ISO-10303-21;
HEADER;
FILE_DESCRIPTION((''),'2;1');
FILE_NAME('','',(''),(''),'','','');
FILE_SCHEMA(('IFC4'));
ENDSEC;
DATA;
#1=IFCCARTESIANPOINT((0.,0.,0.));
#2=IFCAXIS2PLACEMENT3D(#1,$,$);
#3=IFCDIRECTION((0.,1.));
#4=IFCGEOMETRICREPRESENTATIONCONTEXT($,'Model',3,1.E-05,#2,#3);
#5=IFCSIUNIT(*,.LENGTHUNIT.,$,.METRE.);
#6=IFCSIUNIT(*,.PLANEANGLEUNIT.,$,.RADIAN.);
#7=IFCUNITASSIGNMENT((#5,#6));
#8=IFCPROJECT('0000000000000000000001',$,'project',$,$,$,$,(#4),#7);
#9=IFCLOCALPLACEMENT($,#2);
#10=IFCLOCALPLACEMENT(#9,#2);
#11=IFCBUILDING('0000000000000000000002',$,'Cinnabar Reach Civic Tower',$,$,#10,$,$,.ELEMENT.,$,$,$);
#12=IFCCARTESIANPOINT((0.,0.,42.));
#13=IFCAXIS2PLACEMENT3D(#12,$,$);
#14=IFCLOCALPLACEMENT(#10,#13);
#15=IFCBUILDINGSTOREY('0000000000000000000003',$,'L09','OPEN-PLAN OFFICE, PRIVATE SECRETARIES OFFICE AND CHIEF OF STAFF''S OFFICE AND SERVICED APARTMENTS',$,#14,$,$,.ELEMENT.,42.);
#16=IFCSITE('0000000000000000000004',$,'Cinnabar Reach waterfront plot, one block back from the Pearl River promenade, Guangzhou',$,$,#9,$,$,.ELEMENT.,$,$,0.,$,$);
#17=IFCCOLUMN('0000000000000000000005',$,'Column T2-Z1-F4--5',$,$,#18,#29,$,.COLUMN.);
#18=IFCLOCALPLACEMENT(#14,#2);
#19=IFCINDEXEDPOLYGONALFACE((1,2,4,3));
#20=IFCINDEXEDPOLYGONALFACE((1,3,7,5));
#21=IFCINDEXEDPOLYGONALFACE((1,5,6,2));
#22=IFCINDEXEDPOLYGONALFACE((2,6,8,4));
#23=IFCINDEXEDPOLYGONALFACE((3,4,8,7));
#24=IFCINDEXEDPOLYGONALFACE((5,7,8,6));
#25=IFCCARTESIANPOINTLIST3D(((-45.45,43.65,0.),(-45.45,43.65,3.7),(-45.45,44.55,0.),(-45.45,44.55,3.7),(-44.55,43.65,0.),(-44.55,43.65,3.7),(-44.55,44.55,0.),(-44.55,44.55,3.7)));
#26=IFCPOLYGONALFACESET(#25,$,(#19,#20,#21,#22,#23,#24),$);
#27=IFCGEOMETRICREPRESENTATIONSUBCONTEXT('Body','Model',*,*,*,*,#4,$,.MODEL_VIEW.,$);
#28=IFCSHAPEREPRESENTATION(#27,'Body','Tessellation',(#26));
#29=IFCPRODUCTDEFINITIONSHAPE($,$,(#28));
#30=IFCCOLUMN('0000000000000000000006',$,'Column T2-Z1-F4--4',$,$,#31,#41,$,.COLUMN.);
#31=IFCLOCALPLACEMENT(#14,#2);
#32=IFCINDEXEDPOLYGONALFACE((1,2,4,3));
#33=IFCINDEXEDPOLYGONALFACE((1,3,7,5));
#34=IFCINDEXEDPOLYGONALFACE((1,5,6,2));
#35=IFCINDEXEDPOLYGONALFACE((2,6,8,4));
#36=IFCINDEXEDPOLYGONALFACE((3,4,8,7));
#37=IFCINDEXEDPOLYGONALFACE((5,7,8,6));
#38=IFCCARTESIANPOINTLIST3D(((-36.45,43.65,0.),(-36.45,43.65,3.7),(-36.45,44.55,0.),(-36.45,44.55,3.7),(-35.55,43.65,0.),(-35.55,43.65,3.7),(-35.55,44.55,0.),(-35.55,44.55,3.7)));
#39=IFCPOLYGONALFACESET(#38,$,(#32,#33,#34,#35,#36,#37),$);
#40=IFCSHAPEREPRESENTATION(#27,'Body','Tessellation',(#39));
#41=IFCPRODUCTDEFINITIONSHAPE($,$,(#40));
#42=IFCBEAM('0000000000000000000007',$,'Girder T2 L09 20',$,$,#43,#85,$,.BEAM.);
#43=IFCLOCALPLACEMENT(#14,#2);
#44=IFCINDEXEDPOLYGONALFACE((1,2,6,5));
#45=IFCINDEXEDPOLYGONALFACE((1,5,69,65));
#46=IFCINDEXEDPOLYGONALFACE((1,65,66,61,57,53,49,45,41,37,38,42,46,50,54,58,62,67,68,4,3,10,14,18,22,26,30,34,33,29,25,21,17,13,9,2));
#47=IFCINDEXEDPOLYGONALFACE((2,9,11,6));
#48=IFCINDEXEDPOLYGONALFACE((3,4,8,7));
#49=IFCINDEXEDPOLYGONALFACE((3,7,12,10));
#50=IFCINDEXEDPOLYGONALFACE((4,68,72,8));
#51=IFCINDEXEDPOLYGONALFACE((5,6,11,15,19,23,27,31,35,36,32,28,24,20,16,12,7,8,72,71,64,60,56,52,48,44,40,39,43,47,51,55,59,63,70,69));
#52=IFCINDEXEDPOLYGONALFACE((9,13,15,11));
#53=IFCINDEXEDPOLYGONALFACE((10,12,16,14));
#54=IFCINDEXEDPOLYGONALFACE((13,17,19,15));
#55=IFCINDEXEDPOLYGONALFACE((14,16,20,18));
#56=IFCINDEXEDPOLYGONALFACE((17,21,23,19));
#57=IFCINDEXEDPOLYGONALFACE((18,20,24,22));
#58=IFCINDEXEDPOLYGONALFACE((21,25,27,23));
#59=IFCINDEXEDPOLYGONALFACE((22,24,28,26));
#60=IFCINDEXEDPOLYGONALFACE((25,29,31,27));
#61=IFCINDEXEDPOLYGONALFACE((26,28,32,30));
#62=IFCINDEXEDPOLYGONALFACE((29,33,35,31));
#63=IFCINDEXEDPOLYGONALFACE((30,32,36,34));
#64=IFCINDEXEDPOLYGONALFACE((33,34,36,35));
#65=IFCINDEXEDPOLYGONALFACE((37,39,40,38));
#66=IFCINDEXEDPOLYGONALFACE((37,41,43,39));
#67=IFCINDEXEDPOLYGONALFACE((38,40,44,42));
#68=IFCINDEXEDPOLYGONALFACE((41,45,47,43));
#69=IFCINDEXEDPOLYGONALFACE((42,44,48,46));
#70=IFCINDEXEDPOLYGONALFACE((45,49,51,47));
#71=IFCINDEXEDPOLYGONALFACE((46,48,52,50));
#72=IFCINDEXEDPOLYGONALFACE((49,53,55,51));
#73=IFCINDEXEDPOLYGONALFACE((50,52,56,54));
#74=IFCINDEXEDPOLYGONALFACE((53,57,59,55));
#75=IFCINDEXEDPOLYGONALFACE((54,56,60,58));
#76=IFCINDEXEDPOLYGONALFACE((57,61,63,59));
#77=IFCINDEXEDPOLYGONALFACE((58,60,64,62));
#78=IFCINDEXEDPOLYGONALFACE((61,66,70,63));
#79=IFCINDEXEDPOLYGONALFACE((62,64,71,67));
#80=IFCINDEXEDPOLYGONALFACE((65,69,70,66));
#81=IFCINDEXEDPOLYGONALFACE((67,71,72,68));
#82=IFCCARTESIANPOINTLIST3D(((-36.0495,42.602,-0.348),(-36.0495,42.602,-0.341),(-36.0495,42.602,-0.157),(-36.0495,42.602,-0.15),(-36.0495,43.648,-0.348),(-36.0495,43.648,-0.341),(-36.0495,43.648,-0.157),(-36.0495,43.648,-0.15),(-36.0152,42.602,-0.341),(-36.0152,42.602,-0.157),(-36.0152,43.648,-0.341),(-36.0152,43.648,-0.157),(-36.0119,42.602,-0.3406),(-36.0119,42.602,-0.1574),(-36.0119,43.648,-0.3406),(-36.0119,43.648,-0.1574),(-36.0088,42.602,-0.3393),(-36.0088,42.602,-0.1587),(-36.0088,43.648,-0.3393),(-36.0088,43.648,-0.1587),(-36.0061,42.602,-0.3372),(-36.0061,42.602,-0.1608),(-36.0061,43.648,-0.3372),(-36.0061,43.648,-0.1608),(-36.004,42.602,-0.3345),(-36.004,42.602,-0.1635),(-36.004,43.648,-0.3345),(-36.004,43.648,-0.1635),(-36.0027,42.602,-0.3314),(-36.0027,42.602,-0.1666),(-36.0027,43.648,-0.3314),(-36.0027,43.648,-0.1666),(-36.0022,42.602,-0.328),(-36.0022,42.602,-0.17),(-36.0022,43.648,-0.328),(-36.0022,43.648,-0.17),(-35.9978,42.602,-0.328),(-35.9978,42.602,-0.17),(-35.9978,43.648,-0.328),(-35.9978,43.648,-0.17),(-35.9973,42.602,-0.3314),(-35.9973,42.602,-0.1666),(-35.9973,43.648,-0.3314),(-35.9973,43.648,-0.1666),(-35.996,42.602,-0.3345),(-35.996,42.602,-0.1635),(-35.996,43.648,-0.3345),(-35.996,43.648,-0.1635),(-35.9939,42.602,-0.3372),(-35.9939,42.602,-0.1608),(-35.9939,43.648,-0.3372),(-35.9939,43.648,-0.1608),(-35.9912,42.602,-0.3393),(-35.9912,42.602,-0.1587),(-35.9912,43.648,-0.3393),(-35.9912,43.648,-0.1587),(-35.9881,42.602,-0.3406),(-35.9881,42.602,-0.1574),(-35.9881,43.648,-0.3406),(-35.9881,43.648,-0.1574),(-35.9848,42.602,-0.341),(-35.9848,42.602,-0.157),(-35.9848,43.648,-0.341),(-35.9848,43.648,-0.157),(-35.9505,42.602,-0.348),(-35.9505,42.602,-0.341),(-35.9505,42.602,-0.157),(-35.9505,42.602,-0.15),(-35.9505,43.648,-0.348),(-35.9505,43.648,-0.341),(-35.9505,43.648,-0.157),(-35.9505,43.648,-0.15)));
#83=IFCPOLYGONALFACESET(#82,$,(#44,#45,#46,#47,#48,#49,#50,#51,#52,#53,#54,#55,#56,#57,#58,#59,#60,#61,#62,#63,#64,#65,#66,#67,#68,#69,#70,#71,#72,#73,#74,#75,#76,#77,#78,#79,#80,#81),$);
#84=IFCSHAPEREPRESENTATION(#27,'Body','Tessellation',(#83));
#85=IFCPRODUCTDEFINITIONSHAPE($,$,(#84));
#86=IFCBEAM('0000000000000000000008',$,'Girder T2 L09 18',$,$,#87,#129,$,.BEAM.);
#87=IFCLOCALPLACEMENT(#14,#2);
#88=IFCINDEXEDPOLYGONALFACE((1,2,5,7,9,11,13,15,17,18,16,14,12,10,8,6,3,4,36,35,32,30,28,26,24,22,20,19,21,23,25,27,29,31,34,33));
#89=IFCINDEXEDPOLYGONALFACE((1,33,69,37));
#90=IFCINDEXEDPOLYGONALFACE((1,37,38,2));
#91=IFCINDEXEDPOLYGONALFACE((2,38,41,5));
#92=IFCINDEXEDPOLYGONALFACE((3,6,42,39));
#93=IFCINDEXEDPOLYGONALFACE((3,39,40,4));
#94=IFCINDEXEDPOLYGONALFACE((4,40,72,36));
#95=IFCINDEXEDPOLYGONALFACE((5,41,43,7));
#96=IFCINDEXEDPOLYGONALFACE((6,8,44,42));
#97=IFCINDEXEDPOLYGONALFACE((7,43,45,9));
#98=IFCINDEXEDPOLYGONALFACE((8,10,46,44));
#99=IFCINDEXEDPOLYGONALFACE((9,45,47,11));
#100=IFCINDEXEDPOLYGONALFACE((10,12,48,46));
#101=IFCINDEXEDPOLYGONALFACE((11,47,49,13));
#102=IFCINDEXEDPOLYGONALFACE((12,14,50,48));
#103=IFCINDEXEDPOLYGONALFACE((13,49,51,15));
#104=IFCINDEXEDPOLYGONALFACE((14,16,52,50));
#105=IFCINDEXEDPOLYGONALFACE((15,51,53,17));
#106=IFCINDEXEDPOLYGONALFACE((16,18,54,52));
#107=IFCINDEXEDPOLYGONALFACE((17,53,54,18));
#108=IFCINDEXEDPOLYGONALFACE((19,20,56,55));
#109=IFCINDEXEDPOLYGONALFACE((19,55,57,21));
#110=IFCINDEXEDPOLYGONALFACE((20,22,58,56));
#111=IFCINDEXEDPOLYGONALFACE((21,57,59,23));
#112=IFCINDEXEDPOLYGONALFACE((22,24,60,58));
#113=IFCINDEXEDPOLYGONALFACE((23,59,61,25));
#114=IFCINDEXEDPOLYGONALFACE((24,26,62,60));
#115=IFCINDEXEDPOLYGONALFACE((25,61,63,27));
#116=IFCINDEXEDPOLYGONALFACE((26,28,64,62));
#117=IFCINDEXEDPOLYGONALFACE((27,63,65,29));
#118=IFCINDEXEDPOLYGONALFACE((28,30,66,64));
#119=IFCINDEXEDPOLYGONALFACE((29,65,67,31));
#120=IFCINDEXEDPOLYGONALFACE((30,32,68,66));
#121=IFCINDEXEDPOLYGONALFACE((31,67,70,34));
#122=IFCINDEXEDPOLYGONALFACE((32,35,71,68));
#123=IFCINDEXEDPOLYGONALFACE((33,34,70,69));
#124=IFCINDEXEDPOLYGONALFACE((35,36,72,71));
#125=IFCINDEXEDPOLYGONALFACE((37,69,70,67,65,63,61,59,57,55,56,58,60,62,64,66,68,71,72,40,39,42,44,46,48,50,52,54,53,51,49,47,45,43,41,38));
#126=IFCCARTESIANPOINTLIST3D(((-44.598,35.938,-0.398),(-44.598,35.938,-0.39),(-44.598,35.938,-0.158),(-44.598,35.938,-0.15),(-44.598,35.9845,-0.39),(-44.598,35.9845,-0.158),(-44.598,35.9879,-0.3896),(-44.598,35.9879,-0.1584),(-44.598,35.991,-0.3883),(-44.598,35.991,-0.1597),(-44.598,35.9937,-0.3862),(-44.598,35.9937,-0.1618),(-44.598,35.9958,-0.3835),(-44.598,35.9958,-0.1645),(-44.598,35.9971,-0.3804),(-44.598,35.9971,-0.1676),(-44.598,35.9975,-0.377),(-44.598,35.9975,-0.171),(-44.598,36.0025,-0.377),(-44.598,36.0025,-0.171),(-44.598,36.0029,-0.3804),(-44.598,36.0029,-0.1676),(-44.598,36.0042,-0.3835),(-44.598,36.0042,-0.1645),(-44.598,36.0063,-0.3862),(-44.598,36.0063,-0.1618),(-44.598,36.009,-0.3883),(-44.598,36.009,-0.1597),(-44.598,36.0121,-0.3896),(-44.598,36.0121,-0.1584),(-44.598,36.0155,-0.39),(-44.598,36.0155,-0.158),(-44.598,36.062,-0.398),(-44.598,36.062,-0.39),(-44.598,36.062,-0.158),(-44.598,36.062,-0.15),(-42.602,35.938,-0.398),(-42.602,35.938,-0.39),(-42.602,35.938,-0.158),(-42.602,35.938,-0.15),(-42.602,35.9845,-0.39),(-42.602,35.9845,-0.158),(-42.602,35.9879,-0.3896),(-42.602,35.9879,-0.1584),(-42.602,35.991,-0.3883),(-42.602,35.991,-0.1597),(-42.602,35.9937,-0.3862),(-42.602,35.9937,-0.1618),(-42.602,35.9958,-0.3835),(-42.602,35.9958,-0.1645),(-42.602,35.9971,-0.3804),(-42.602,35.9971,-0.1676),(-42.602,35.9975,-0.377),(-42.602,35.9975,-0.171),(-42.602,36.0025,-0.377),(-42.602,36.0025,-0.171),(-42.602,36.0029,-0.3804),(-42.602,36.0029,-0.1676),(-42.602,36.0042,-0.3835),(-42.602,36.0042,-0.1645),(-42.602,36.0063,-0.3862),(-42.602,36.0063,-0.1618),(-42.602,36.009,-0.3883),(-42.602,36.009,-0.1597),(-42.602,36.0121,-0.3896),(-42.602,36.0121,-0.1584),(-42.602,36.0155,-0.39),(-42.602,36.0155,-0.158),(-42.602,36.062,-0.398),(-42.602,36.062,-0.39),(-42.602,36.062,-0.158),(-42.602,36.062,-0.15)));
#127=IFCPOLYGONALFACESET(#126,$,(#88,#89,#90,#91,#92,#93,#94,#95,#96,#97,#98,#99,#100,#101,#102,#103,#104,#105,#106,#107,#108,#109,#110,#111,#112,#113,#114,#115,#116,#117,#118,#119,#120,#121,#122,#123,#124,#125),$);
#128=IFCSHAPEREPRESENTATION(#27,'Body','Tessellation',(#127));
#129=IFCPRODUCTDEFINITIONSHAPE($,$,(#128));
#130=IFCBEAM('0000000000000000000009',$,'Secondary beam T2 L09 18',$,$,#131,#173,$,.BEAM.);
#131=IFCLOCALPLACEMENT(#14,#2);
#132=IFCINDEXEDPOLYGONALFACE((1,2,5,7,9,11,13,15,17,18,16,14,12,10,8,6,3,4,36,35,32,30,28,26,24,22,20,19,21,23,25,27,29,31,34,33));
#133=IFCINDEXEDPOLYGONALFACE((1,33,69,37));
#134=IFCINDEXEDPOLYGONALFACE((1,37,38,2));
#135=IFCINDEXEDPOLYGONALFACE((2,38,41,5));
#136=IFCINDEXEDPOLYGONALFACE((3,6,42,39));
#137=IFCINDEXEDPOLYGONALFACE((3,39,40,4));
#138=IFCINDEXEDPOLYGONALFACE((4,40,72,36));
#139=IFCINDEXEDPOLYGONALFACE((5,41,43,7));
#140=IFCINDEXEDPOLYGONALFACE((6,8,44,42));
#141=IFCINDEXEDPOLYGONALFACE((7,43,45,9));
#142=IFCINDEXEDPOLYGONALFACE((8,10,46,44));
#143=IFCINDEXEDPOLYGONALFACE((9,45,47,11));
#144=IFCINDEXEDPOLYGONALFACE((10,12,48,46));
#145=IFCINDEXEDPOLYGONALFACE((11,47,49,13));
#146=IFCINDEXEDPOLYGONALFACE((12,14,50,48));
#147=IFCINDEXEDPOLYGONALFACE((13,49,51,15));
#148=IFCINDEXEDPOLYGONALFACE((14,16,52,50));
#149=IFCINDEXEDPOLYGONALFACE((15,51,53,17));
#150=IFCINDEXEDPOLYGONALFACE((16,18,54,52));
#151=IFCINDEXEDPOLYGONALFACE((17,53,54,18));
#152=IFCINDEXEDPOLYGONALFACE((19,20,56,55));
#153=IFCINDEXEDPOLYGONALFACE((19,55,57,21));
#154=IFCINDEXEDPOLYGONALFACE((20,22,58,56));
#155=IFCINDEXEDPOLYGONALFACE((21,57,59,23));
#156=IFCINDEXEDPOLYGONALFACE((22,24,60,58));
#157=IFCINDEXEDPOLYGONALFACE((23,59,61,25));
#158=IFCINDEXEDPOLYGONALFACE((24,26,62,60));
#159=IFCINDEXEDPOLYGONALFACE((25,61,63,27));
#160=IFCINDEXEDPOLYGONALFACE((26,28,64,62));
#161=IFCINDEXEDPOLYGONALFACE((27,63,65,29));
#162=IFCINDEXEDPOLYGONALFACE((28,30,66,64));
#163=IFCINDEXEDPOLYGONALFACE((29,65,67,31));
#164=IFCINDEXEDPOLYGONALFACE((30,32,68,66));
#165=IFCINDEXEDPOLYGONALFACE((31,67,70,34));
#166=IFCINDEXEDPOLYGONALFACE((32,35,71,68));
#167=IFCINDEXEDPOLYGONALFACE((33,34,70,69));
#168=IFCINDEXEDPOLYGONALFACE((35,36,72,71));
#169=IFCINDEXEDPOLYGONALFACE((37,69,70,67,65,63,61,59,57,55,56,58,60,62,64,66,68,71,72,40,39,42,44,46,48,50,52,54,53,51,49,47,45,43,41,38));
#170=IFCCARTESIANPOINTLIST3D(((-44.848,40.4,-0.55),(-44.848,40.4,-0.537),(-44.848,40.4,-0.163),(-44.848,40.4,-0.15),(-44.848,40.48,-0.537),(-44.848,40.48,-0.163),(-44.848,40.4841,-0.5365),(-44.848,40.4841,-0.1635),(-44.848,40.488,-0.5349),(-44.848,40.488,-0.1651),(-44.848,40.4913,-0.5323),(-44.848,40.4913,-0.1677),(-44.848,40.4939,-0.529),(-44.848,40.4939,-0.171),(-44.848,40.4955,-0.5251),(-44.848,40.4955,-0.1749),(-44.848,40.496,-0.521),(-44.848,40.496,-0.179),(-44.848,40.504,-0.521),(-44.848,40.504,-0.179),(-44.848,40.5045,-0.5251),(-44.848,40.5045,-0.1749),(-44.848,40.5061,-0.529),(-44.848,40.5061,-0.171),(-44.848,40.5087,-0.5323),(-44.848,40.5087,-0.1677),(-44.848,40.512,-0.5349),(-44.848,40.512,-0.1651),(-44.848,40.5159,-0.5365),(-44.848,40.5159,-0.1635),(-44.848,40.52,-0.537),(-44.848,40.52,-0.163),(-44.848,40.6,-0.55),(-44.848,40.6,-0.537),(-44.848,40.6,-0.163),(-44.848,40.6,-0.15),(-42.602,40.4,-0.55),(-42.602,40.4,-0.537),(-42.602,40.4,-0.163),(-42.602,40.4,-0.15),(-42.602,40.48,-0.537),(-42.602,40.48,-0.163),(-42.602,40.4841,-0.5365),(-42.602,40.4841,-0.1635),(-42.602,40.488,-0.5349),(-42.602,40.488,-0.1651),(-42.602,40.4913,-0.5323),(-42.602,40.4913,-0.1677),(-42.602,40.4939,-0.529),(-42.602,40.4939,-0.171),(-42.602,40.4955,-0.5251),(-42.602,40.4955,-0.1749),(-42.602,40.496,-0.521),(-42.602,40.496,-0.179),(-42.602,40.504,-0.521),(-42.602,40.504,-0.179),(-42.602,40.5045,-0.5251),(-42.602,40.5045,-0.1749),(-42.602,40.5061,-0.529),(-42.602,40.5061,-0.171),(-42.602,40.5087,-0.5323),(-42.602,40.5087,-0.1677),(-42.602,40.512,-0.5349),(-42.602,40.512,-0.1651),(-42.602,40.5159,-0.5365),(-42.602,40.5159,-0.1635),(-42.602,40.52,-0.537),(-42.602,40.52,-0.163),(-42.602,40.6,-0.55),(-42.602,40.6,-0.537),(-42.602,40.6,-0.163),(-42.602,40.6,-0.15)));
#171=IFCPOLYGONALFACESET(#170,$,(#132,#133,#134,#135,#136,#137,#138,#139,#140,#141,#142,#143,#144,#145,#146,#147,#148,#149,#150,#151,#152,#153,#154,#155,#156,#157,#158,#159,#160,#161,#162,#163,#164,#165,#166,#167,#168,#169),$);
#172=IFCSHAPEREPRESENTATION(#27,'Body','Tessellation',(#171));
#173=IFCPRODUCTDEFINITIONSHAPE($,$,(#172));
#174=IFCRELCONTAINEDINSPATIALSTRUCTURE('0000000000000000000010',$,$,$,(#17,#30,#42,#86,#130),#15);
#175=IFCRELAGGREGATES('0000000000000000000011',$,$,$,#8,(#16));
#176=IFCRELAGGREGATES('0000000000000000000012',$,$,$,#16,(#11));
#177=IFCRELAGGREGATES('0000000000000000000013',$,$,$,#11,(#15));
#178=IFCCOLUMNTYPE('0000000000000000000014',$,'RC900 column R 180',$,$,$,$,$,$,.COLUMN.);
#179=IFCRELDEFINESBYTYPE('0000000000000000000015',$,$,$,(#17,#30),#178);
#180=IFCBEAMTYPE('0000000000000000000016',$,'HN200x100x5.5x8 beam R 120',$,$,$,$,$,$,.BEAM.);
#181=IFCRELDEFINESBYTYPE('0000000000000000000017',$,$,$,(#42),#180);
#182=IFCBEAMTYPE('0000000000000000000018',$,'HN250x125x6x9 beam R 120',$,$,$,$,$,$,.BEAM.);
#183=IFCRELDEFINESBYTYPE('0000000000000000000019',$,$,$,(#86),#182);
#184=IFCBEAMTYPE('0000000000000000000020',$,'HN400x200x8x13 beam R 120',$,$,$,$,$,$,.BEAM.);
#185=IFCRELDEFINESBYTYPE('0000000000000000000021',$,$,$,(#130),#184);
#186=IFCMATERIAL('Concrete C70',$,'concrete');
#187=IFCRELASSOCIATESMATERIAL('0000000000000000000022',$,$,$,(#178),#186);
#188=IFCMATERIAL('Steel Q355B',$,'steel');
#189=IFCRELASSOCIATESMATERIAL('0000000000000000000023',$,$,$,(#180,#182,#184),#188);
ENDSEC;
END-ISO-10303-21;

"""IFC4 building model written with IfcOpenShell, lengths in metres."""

from ifc_helpers import new_model, si_unit, direction, frame, origin, origin_2d, place, context, subcontext, project, spatial, rectangle, i_section, extrude, material, material_profile, profile_set, type_object, element, save


model = new_model("IFC4")

# Units and contexts
model_context = context("Model", 3, precision=1e-05, world=origin(), true_north=direction((0.0, 1.0)))
body_context = subcontext(model_context, "Body", "Model", "MODEL_VIEW")
ifc_project = project(units=[si_unit("LENGTHUNIT", "METRE"), si_unit("PLANEANGLEUNIT", "RADIAN")], contexts=[model_context])

# Site, building, storey
site_placement = place(None, origin())
site = spatial("IfcSite", under=ifc_project, at=site_placement, Name="Cinnabar Reach waterfront plot, one block back from the Pearl River promenade, Guangzhou", CompositionType="ELEMENT", RefElevation=0.0)
building_placement = place(site_placement, origin())
building = spatial("IfcBuilding", under=site, at=building_placement, Name="Cinnabar Reach Civic Tower", CompositionType="ELEMENT")
storey_placement = place(building_placement, frame((0.0, 0.0, 42.0)))
storey = spatial("IfcBuildingStorey", under=building, at=storey_placement, Name="L09", Description="OPEN-PLAN OFFICE, PRIVATE SECRETARIES OFFICE AND CHIEF OF STAFF'S OFFICE AND SERVICED APARTMENTS", CompositionType="ELEMENT", Elevation=42.0)

# Columns
ifc_material_1 = material(Name="Concrete C70", Category="concrete")
ifc_material_profile_1 = material_profile(ifc_material_1, rectangle(XDim=0.9, YDim=0.9, at=origin_2d()), Name="RC900")
ifc_profile_set_1 = profile_set([ifc_material_profile_1], Name="Concrete C70")
column_type = type_object("IfcColumnType", Name="RC900 column R 180", PredefinedType="COLUMN", material=ifc_profile_set_1)
for number, where, z_axis, x_axis, name in (
    (1, (-45.0, 44.1, 0.0), (0.0, 0.0, 1.0), (1.0, 0.0, 0.0), "Column T2-Z1-F4--5"),
    (2, (-36.0, 44.1, 0.0), (0.0, 0.0, 1.0), (1.0, 0.0, 0.0), "Column T2-Z1-F4--4"),
):
    element("IfcColumn", number, at=place(storey_placement, frame(where, z_axis=z_axis, x_axis=x_axis)), inside=storey, type_object=column_type, Name=name, PredefinedType="COLUMN", context=body_context, shape_type="SweptSolid", body=[
        extrude(rectangle(XDim=0.9, YDim=0.9, at=origin_2d()), origin(), (0.0, 0.0, 1.0), 3.7),
    ])

# Beams
ifc_material_2 = material(Name="Steel Q355B", Category="steel")
ifc_material_profile_2 = material_profile(ifc_material_2, i_section(OverallWidth=0.099, OverallDepth=0.198, WebThickness=0.0045, FlangeThickness=0.007, FilletRadius=0.013, at=origin_2d()), Name="HN200x100x5.5x8")
ifc_profile_set_2 = profile_set([ifc_material_profile_2], Name="Steel Q355B")
beam_type_1 = type_object("IfcBeamType", Name="HN200x100x5.5x8 beam R 120", PredefinedType="BEAM", material=ifc_profile_set_2)
beam_1_placement = place(storey_placement, frame((-36.0, 42.602, -0.249), z_axis=(0.0, 1.0, 0.0), x_axis=(-1.0, 0.0, 0.0)))
element("IfcBeam", 3, at=beam_1_placement, inside=storey, type_object=beam_type_1, Name="Girder T2 L09 20", PredefinedType="BEAM", context=body_context, shape_type="SweptSolid", body=[
    extrude(i_section(OverallWidth=0.099, OverallDepth=0.198, WebThickness=0.0045, FlangeThickness=0.007, FilletRadius=0.013, at=origin_2d()), origin(), (0.0, 0.0, 1.0), 1.046),
])
ifc_material_profile_3 = material_profile(ifc_material_2, i_section(OverallWidth=0.124, OverallDepth=0.248, WebThickness=0.005, FlangeThickness=0.008, FilletRadius=0.013, at=origin_2d()), Name="HN250x125x6x9")
ifc_profile_set_3 = profile_set([ifc_material_profile_3], Name="Steel Q355B")
beam_type_2 = type_object("IfcBeamType", Name="HN250x125x6x9 beam R 120", PredefinedType="BEAM", material=ifc_profile_set_3)
beam_2_placement = place(storey_placement, frame((-44.598, 36.0, -0.274), z_axis=(1.0, 0.0, 0.0), x_axis=(0.0, 1.0, 0.0)))
element("IfcBeam", 4, at=beam_2_placement, inside=storey, type_object=beam_type_2, Name="Girder T2 L09 18", PredefinedType="BEAM", context=body_context, shape_type="SweptSolid", body=[
    extrude(i_section(OverallWidth=0.124, OverallDepth=0.248, WebThickness=0.005, FlangeThickness=0.008, FilletRadius=0.013, at=origin_2d()), origin(), (0.0, 0.0, 1.0), 1.996),
])
ifc_material_profile_4 = material_profile(ifc_material_2, i_section(OverallWidth=0.2, OverallDepth=0.4, WebThickness=0.008, FlangeThickness=0.013, FilletRadius=0.016, at=origin_2d()), Name="HN400x200x8x13")
ifc_profile_set_4 = profile_set([ifc_material_profile_4], Name="Steel Q355B")
beam_type_3 = type_object("IfcBeamType", Name="HN400x200x8x13 beam R 120", PredefinedType="BEAM", material=ifc_profile_set_4)
beam_3_placement = place(storey_placement, frame((-44.848, 40.5, -0.35), z_axis=(1.0, 0.0, 0.0), x_axis=(0.0, 1.0, 0.0)))
element("IfcBeam", 5, at=beam_3_placement, inside=storey, type_object=beam_type_3, Name="Secondary beam T2 L09 18", PredefinedType="BEAM", context=body_context, shape_type="SweptSolid", body=[
    extrude(i_section(OverallWidth=0.2, OverallDepth=0.4, WebThickness=0.008, FlangeThickness=0.013, FilletRadius=0.016, at=origin_2d()), origin(), (0.0, 0.0, 1.0), 2.246),
])

save(model, "model.ifc")
